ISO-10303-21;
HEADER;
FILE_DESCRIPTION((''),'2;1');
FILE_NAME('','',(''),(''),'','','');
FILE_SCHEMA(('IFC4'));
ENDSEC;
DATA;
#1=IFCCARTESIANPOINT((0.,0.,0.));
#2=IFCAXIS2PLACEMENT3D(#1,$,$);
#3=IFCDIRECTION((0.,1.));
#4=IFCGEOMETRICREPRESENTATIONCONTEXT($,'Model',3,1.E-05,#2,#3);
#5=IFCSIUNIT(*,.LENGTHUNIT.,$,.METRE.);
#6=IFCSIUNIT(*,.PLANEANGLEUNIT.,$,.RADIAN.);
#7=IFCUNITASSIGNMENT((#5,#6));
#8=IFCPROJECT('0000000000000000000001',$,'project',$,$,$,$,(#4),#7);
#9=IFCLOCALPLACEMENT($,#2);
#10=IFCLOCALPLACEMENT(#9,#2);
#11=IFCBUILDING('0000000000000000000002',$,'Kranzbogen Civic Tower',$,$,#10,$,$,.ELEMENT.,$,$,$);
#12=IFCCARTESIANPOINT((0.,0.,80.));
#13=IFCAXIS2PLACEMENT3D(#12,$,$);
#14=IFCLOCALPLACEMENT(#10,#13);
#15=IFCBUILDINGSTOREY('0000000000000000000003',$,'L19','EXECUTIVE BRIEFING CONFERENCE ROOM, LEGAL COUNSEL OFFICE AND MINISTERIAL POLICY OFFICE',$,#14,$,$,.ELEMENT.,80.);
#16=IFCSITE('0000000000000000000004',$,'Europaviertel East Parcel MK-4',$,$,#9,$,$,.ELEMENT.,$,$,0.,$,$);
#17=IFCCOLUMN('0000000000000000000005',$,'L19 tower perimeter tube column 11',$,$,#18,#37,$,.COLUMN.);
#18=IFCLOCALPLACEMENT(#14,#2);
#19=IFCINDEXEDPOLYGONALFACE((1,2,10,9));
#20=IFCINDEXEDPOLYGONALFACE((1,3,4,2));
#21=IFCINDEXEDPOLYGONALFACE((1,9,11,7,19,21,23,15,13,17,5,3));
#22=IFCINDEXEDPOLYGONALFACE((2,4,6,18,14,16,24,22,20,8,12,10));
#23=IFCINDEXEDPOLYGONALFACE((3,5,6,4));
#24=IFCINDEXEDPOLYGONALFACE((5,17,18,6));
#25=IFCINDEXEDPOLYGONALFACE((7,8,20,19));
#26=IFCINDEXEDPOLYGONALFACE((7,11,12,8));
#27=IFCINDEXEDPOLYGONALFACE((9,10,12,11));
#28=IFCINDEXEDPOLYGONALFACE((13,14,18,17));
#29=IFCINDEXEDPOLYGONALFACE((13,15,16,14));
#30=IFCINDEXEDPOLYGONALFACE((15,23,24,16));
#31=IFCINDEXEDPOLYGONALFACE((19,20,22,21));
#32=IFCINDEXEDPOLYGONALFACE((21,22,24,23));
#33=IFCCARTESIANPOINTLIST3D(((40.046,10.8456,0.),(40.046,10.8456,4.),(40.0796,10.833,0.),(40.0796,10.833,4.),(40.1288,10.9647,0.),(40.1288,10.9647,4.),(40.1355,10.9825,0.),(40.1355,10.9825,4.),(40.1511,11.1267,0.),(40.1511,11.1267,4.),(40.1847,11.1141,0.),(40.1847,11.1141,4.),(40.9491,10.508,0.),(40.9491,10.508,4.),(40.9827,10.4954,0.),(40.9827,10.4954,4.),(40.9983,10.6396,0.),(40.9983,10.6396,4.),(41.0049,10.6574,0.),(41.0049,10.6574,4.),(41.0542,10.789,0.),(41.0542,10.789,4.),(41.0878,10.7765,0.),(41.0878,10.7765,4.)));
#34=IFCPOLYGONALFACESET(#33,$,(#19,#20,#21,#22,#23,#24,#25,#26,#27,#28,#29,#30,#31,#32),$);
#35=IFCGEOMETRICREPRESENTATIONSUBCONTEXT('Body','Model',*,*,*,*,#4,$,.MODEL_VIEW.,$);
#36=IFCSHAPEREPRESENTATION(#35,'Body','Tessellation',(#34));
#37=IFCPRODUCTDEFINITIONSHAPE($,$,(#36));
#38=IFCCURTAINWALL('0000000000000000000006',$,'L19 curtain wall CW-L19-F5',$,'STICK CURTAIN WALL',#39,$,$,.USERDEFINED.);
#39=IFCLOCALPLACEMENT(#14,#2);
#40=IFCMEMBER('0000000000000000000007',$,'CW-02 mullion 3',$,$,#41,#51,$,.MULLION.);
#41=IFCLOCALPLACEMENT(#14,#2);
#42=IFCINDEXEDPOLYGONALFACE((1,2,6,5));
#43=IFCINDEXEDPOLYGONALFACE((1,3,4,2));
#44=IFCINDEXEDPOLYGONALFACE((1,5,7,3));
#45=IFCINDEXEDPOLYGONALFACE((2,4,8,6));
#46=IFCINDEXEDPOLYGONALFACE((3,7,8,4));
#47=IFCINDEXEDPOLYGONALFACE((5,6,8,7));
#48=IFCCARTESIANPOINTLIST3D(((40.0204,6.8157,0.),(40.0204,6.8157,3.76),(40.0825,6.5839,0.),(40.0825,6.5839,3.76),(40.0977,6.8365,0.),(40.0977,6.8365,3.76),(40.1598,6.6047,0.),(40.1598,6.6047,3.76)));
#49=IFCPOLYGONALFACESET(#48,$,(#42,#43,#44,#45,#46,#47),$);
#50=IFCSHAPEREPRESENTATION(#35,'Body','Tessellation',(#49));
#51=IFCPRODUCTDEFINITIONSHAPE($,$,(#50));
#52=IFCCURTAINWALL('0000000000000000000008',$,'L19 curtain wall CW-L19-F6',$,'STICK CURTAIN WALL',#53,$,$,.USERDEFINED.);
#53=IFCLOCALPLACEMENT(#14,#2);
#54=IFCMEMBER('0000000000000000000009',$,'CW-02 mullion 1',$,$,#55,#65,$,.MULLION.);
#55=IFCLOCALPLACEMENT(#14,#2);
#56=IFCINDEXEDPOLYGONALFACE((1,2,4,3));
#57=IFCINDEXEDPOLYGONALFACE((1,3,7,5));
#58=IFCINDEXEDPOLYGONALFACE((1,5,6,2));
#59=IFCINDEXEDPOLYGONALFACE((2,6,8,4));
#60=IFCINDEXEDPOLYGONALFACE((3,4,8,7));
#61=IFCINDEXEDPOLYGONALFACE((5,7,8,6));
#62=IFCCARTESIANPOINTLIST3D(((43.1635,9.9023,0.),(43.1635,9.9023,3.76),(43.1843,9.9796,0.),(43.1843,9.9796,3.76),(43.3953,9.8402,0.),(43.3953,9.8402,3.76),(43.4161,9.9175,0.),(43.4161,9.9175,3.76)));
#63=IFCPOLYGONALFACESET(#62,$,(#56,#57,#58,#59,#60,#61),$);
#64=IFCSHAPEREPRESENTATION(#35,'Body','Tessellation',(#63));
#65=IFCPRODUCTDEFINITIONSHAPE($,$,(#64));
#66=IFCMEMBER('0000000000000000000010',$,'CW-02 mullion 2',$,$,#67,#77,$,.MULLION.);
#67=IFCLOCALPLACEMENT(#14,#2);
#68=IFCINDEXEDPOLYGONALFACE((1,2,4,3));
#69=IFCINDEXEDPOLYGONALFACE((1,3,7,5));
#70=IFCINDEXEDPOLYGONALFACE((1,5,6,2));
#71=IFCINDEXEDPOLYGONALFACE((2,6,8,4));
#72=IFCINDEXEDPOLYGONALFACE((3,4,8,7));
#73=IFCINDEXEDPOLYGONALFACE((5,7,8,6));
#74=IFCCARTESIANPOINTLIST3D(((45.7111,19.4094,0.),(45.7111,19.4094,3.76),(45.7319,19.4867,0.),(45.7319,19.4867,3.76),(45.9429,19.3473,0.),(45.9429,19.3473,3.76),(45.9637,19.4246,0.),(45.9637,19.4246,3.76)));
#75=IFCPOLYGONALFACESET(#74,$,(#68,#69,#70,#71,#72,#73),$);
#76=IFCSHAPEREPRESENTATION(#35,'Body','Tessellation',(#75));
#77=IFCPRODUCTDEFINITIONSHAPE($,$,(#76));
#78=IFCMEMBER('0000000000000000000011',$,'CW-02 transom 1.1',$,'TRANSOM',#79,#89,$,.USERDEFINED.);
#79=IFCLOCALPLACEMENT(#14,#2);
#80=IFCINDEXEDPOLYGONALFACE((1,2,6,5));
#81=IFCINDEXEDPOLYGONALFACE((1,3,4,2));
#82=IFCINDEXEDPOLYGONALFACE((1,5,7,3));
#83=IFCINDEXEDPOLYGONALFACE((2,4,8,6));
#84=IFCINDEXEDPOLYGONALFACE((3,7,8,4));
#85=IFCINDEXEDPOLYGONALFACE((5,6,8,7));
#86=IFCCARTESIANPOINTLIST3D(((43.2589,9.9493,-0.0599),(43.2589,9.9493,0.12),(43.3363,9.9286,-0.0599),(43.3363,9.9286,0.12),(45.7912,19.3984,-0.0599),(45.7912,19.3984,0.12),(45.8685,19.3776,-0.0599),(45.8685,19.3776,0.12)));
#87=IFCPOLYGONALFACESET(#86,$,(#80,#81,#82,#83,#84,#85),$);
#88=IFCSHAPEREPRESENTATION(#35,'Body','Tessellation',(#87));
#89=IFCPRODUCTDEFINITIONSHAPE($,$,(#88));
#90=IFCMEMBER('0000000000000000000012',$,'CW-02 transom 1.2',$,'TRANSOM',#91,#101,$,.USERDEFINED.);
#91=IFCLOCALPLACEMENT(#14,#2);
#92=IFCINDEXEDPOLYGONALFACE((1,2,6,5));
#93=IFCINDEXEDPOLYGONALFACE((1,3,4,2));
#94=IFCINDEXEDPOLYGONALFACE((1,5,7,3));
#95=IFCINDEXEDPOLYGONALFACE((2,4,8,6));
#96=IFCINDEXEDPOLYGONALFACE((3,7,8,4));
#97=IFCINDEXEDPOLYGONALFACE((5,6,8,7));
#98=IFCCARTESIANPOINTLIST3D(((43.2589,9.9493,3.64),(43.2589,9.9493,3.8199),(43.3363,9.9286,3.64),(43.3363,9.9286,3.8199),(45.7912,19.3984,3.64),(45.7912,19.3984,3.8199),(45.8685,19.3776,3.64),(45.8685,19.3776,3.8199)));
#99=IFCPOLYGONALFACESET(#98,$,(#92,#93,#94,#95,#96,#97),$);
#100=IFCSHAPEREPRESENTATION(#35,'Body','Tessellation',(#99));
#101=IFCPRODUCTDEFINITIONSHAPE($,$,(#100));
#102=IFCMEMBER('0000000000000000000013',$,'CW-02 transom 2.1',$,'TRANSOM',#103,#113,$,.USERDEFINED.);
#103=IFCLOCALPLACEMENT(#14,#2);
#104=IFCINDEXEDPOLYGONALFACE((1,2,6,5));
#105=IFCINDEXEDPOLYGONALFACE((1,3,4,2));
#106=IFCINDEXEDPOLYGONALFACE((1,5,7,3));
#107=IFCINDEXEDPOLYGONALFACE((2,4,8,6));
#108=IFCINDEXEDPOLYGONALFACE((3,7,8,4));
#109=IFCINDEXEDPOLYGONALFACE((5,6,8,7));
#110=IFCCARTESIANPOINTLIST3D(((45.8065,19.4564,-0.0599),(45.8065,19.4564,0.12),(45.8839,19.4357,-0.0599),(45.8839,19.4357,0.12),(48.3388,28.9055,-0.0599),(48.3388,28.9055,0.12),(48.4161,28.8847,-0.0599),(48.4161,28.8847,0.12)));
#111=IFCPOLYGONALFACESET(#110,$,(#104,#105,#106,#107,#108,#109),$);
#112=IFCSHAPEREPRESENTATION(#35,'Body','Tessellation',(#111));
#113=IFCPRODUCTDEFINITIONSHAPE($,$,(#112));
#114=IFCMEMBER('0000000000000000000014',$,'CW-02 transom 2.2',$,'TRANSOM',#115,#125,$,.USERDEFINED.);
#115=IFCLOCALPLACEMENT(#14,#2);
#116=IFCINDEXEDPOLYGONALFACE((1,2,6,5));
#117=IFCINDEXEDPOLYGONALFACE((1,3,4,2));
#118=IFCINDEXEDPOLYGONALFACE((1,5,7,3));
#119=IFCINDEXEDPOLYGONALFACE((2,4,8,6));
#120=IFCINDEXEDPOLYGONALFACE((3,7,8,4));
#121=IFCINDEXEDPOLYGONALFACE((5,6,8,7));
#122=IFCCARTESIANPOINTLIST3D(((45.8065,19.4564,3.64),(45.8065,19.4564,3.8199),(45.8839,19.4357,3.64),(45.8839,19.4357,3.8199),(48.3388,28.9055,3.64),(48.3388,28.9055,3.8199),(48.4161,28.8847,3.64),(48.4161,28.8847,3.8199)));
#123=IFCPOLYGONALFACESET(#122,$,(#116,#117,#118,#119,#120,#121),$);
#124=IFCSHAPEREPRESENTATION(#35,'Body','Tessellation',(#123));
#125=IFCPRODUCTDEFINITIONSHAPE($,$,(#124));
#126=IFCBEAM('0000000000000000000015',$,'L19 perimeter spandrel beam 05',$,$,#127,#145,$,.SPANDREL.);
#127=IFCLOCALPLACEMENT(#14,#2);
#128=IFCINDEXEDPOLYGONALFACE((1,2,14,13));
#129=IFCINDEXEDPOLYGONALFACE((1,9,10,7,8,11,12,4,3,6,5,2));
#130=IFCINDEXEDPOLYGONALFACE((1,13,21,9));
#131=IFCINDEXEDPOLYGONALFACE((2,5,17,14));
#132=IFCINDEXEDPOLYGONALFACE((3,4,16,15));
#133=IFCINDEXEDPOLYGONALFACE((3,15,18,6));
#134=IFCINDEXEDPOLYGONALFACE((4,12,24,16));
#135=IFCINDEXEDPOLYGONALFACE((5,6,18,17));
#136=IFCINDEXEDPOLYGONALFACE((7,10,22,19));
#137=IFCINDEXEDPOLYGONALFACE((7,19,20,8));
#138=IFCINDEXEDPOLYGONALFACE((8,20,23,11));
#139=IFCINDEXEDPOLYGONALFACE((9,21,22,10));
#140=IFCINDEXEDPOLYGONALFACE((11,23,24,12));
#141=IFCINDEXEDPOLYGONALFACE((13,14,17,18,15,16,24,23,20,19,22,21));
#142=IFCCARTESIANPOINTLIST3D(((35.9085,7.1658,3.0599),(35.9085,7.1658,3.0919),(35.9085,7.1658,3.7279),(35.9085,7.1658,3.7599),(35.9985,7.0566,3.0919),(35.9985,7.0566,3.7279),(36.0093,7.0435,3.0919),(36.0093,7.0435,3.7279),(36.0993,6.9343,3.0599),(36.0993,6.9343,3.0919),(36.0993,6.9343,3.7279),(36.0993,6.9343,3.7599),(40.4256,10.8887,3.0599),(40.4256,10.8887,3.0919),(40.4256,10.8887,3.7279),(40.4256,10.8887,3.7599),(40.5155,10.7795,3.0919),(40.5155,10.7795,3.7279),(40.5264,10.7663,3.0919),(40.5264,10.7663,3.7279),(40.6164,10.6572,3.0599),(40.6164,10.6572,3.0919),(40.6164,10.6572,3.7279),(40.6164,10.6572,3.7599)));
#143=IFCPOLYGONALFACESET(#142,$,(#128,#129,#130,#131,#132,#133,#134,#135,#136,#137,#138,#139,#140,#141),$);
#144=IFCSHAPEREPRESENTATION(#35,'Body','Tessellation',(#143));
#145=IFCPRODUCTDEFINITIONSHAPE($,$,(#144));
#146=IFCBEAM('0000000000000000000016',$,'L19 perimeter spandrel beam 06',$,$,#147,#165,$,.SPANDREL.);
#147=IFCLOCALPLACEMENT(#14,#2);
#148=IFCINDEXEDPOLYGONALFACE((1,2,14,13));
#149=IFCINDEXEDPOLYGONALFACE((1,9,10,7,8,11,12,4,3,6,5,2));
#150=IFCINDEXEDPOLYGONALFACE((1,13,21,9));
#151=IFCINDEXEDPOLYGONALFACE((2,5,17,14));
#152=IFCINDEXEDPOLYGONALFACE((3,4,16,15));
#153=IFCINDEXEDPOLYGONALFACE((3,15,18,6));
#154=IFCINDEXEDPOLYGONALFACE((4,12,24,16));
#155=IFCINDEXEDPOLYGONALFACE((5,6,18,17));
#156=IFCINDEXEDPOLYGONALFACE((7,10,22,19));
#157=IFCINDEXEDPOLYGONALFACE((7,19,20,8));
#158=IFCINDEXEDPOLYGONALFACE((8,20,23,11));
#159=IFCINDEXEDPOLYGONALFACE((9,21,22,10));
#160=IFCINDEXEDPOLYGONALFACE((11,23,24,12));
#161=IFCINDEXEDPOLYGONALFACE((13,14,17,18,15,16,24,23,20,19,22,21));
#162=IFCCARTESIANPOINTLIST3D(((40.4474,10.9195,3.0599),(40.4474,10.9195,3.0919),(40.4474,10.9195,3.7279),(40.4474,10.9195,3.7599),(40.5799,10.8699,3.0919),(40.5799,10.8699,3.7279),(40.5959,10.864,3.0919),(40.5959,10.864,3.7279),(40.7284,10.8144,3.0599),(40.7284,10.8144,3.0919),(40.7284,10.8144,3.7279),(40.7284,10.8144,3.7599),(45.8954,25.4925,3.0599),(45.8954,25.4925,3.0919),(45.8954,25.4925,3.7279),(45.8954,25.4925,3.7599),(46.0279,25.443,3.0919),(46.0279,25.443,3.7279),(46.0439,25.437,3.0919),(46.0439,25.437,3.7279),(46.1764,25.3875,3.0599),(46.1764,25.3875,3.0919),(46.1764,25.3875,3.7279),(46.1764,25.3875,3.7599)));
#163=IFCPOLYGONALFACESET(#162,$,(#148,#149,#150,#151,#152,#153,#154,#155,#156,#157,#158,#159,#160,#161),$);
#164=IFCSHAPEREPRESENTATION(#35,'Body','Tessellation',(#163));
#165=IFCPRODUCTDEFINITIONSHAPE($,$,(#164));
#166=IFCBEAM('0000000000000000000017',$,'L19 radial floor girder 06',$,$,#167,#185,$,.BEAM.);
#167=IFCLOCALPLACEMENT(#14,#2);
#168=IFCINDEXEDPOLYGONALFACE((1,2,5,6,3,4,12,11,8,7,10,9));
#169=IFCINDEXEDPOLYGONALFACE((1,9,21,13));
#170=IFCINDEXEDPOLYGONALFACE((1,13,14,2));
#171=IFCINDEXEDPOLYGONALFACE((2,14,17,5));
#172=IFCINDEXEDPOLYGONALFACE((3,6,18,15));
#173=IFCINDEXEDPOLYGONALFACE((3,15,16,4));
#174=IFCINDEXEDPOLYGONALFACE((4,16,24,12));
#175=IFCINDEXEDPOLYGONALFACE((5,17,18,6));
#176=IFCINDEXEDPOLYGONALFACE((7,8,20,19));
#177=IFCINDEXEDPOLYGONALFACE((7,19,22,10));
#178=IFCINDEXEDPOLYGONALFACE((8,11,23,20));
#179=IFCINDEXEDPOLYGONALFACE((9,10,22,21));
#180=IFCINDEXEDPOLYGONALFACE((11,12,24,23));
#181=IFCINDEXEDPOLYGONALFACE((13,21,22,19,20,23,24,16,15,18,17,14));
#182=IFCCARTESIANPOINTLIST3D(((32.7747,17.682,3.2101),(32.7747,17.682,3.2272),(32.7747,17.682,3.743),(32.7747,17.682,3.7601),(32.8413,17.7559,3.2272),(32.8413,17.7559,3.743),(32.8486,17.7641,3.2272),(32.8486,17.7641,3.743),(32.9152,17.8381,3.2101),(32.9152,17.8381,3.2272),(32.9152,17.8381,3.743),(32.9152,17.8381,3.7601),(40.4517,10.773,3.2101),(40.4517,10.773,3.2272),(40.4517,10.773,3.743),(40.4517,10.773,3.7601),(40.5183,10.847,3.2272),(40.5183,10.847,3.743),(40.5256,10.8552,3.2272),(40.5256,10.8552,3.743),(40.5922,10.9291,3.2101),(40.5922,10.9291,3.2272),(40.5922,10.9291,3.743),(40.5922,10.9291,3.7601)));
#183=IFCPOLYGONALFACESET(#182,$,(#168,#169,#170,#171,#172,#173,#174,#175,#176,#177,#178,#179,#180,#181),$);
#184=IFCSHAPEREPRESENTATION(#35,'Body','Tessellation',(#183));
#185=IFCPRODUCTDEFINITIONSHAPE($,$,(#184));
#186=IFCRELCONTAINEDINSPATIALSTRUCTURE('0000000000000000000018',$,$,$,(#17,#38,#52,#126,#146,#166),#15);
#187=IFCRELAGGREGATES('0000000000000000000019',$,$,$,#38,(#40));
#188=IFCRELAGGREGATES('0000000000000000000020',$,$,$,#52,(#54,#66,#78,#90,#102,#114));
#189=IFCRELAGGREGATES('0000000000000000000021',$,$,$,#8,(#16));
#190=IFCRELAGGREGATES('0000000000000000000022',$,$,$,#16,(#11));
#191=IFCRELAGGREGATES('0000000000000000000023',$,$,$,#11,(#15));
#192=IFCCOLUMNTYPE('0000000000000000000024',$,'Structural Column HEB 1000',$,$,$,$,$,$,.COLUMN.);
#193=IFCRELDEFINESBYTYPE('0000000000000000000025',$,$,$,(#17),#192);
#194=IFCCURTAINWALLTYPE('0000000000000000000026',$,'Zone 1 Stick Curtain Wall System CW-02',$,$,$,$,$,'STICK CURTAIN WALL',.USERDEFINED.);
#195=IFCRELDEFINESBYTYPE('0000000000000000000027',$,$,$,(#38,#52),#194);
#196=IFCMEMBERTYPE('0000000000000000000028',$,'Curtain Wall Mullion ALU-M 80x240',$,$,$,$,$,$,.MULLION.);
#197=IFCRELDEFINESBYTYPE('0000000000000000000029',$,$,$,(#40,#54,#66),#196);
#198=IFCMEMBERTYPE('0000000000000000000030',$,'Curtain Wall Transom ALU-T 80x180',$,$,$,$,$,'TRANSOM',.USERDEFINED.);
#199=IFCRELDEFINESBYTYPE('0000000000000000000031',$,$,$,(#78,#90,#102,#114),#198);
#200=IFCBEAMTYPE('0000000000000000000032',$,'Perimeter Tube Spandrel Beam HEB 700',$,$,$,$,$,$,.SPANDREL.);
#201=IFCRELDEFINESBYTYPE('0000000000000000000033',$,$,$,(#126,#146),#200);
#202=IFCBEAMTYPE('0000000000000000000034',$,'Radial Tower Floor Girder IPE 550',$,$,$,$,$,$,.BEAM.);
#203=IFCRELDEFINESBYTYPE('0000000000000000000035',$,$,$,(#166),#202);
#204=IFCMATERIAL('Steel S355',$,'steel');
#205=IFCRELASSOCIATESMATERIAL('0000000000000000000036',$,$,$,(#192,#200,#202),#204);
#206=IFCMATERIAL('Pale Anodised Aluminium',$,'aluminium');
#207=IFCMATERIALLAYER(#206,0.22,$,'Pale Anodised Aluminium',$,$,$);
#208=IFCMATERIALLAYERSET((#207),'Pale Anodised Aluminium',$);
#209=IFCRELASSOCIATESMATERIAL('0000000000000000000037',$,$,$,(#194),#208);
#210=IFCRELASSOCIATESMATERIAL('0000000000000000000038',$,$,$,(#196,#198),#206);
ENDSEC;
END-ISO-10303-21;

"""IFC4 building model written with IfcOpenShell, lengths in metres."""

from ifc_helpers import new_model, si_unit, direction, frame, origin, origin_2d, place, context, subcontext, project, spatial, rectangle, i_section, extrude, material, layer, layer_set, material_profile, profile_set, type_object, element, aggregate, save


model = new_model("IFC4")

# Units and contexts
model_context = context("Model", 3, precision=1e-05, world=origin(), true_north=direction((0.0, 1.0)))
body_context = subcontext(model_context, "Body", "Model", "MODEL_VIEW")
ifc_project = project(units=[si_unit("LENGTHUNIT", "METRE"), si_unit("PLANEANGLEUNIT", "RADIAN")], contexts=[model_context])

# Site, building, storey
site_placement = place(None, origin())
site = spatial("IfcSite", under=ifc_project, at=site_placement, Name="Europaviertel East Parcel MK-4", CompositionType="ELEMENT", RefElevation=0.0)
building_placement = place(site_placement, origin())
building = spatial("IfcBuilding", under=site, at=building_placement, Name="Kranzbogen Civic Tower", CompositionType="ELEMENT")
storey_placement = place(building_placement, frame((0.0, 0.0, 80.0)))
storey = spatial("IfcBuildingStorey", under=building, at=storey_placement, Name="L19", Description="EXECUTIVE BRIEFING CONFERENCE ROOM, LEGAL COUNSEL OFFICE AND MINISTERIAL POLICY OFFICE", CompositionType="ELEMENT", Elevation=80.0)

# Column
ifc_material_1 = material(Name="Steel S355", Category="steel")
ifc_material_profile_1 = material_profile(ifc_material_1, i_section(OverallWidth=0.3, OverallDepth=1.0, WebThickness=0.019, FlangeThickness=0.0359, at=origin_2d()), Name="HEB 1000")
ifc_profile_set_1 = profile_set([ifc_material_profile_1], Name="Steel S355")
column_type = type_object("IfcColumnType", Name="Structural Column HEB 1000", PredefinedType="COLUMN", material=ifc_profile_set_1)
column_placement = place(storey_placement, frame((40.5669, 10.811, 0.0), z_axis=(0.0, 0.0, 1.0), x_axis=(0.350207, 0.936672, 0.0)))
element("IfcColumn", 1, at=column_placement, inside=storey, type_object=column_type, Name="L19 tower perimeter tube column 11", PredefinedType="COLUMN", context=body_context, shape_type="SweptSolid", body=[
    extrude(i_section(OverallWidth=0.3, OverallDepth=1.0, WebThickness=0.019, FlangeThickness=0.0359, at=origin_2d()), origin(), (0.0, 0.0, 1.0), 4.0),
])

# Curtain wall, member
ifc_material_2 = material(Name="Pale Anodised Aluminium", Category="aluminium")
ifc_layer_1 = layer(ifc_material_2, 0.22, Name="Pale Anodised Aluminium")
ifc_layer_set_1 = layer_set([ifc_layer_1], Name="Pale Anodised Aluminium")
curtain_wall_type = type_object("IfcCurtainWallType", Name="Zone 1 Stick Curtain Wall System CW-02", ElementType="STICK CURTAIN WALL", PredefinedType="USERDEFINED", material=ifc_layer_set_1)
curtain_wall_1_placement = place(storey_placement, origin())
curtain_wall_1 = element("IfcCurtainWall", 2, at=curtain_wall_1_placement, inside=storey, type_object=curtain_wall_type, Name="L19 curtain wall CW-L19-F5", ObjectType="STICK CURTAIN WALL", PredefinedType="USERDEFINED")
ifc_material_profile_2 = material_profile(ifc_material_2, rectangle(XDim=0.0801, YDim=0.24, at=origin_2d()), Name="ALU-M 80x240")
ifc_profile_set_2 = profile_set([ifc_material_profile_2], Name="Pale Anodised Aluminium")
member_type_1 = type_object("IfcMemberType", Name="Curtain Wall Mullion ALU-M 80x240", PredefinedType="MULLION", material=ifc_profile_set_2)
member_1_placement = place(storey_placement, frame((40.0901, 6.7102, 0.0), z_axis=(0.0, 0.0, 1.0), x_axis=(0.965917, 0.258851, 0.0)))
member_1 = element("IfcMember", 3, at=member_1_placement, type_object=member_type_1, Name="CW-02 mullion 3", PredefinedType="MULLION", context=body_context, shape_type="SweptSolid", body=[
    extrude(rectangle(XDim=0.0801, YDim=0.24, at=origin_2d()), origin(), (0.0, 0.0, 1.0), 3.76),
])
aggregate(curtain_wall_1, [member_1])

# Curtain wall, members
curtain_wall_2_placement = place(storey_placement, origin())
curtain_wall_2 = element("IfcCurtainWall", 4, at=curtain_wall_2_placement, inside=storey, type_object=curtain_wall_type, Name="L19 curtain wall CW-L19-F6", ObjectType="STICK CURTAIN WALL", PredefinedType="USERDEFINED")
member_2_placement = place(storey_placement, frame((43.2898, 9.9099, 0.0), z_axis=(0.0, 0.0, 1.0), x_axis=(0.258851, 0.965917, 0.0)))
member_2 = element("IfcMember", 5, at=member_2_placement, type_object=member_type_1, Name="CW-02 mullion 1", PredefinedType="MULLION", context=body_context, shape_type="SweptSolid", body=[
    extrude(rectangle(XDim=0.0801, YDim=0.24, at=origin_2d()), origin(), (0.0, 0.0, 1.0), 3.76),
])
member_3_placement = place(storey_placement, frame((45.8374, 19.417, 0.0), z_axis=(0.0, 0.0, 1.0), x_axis=(0.258851, 0.965917, 0.0)))
member_3 = element("IfcMember", 6, at=member_3_placement, type_object=member_type_1, Name="CW-02 mullion 2", PredefinedType="MULLION", context=body_context, shape_type="SweptSolid", body=[
    extrude(rectangle(XDim=0.0801, YDim=0.24, at=origin_2d()), origin(), (0.0, 0.0, 1.0), 3.76),
])
ifc_material_profile_3 = material_profile(ifc_material_2, rectangle(XDim=0.0801, YDim=0.1799, at=origin_2d()), Name="ALU-T 80x180")
ifc_profile_set_3 = profile_set([ifc_material_profile_3], Name="Pale Anodised Aluminium")
member_type_2 = type_object("IfcMemberType", Name="Curtain Wall Transom ALU-T 80x180", ElementType="TRANSOM", PredefinedType="USERDEFINED", material=ifc_profile_set_3)
member_4_placement = place(storey_placement, frame((43.2976, 9.939, 0.03), z_axis=(0.258855, 0.965916, 0.0), x_axis=(-0.965916, 0.258855, 0.0)))
member_4 = element("IfcMember", 7, at=member_4_placement, type_object=member_type_2, Name="CW-02 transom 1.1", ObjectType="TRANSOM", PredefinedType="USERDEFINED", context=body_context, shape_type="SweptSolid", body=[
    extrude(rectangle(XDim=0.0801, YDim=0.1799, at=origin_2d()), origin(), (0.0, 0.0, 1.0), 9.7825),
])
member_5_placement = place(storey_placement, frame((43.2976, 9.939, 3.73), z_axis=(0.258855, 0.965916, 0.0), x_axis=(-0.965916, 0.258855, 0.0)))
member_5 = element("IfcMember", 8, at=member_5_placement, type_object=member_type_2, Name="CW-02 transom 1.2", ObjectType="TRANSOM", PredefinedType="USERDEFINED", context=body_context, shape_type="SweptSolid", body=[
    extrude(rectangle(XDim=0.0801, YDim=0.1799, at=origin_2d()), origin(), (0.0, 0.0, 1.0), 9.7825),
])
member_6_placement = place(storey_placement, frame((45.8452, 19.446, 0.03), z_axis=(0.258855, 0.965916, 0.0), x_axis=(-0.965916, 0.258855, 0.0)))
member_6 = element("IfcMember", 9, at=member_6_placement, type_object=member_type_2, Name="CW-02 transom 2.1", ObjectType="TRANSOM", PredefinedType="USERDEFINED", context=body_context, shape_type="SweptSolid", body=[
    extrude(rectangle(XDim=0.0801, YDim=0.1799, at=origin_2d()), origin(), (0.0, 0.0, 1.0), 9.7825),
])
member_7_placement = place(storey_placement, frame((45.8452, 19.446, 3.73), z_axis=(0.258855, 0.965916, 0.0), x_axis=(-0.965916, 0.258855, 0.0)))
member_7 = element("IfcMember", 10, at=member_7_placement, type_object=member_type_2, Name="CW-02 transom 2.2", ObjectType="TRANSOM", PredefinedType="USERDEFINED", context=body_context, shape_type="SweptSolid", body=[
    extrude(rectangle(XDim=0.0801, YDim=0.1799, at=origin_2d()), origin(), (0.0, 0.0, 1.0), 9.7825),
])

# Beams
ifc_material_profile_4 = material_profile(ifc_material_1, i_section(OverallWidth=0.3, OverallDepth=0.7, WebThickness=0.0171, FlangeThickness=0.032, at=origin_2d()), Name="HEB 700")
ifc_profile_set_4 = profile_set([ifc_material_profile_4], Name="Steel S355")
beam_type_1 = type_object("IfcBeamType", Name="Perimeter Tube Spandrel Beam HEB 700", PredefinedType="SPANDREL", material=ifc_profile_set_4)
beam_1_placement = place(storey_placement, frame((36.0039, 7.05, 3.4099), z_axis=(0.771683, 0.636007, 0.0), x_axis=(-0.636007, 0.771683, 0.0)))
element("IfcBeam", 11, at=beam_1_placement, inside=storey, type_object=beam_type_1, Name="L19 perimeter spandrel beam 05", PredefinedType="SPANDREL", context=body_context, shape_type="SweptSolid", body=[
    extrude(i_section(OverallWidth=0.3, OverallDepth=0.7, WebThickness=0.0171, FlangeThickness=0.032, at=origin_2d()), origin(), (0.0, 0.0, 1.0), 5.8535),
])
beam_2_placement = place(storey_placement, frame((40.5879, 10.8669, 3.4099), z_axis=(0.350172, 0.936685, 0.0), x_axis=(-0.936685, 0.350172, 0.0)))
element("IfcBeam", 12, at=beam_2_placement, inside=storey, type_object=beam_type_1, Name="L19 perimeter spandrel beam 06", PredefinedType="SPANDREL", context=body_context, shape_type="SweptSolid", body=[
    extrude(i_section(OverallWidth=0.3, OverallDepth=0.7, WebThickness=0.0171, FlangeThickness=0.032, at=origin_2d()), origin(), (0.0, 0.0, 1.0), 15.5581),
])
ifc_material_profile_5 = material_profile(ifc_material_1, i_section(OverallWidth=0.21, OverallDepth=0.55, WebThickness=0.011, FlangeThickness=0.0171, at=origin_2d()), Name="IPE 550")
ifc_profile_set_5 = profile_set([ifc_material_profile_5], Name="Steel S355")
beam_type_2 = type_object("IfcBeamType", Name="Radial Tower Floor Girder IPE 550", PredefinedType="BEAM", material=ifc_profile_set_5)
beam_3_placement = place(storey_placement, frame((40.522, 10.8511, 3.4851), z_axis=(-0.743312, 0.668945, 0.0), x_axis=(-0.668945, -0.743312, 0.0)))
element("IfcBeam", 13, at=beam_3_placement, inside=storey, type_object=beam_type_2, Name="L19 radial floor girder 06", PredefinedType="BEAM", context=body_context, shape_type="SweptSolid", body=[
    extrude(i_section(OverallWidth=0.21, OverallDepth=0.55, WebThickness=0.011, FlangeThickness=0.0171, at=origin_2d()), origin(), (0.0, 0.0, 1.0), 10.3281),
])

aggregate(curtain_wall_2, [member_2, member_3, member_4, member_5, member_6, member_7])

save(model, "model.ifc")
